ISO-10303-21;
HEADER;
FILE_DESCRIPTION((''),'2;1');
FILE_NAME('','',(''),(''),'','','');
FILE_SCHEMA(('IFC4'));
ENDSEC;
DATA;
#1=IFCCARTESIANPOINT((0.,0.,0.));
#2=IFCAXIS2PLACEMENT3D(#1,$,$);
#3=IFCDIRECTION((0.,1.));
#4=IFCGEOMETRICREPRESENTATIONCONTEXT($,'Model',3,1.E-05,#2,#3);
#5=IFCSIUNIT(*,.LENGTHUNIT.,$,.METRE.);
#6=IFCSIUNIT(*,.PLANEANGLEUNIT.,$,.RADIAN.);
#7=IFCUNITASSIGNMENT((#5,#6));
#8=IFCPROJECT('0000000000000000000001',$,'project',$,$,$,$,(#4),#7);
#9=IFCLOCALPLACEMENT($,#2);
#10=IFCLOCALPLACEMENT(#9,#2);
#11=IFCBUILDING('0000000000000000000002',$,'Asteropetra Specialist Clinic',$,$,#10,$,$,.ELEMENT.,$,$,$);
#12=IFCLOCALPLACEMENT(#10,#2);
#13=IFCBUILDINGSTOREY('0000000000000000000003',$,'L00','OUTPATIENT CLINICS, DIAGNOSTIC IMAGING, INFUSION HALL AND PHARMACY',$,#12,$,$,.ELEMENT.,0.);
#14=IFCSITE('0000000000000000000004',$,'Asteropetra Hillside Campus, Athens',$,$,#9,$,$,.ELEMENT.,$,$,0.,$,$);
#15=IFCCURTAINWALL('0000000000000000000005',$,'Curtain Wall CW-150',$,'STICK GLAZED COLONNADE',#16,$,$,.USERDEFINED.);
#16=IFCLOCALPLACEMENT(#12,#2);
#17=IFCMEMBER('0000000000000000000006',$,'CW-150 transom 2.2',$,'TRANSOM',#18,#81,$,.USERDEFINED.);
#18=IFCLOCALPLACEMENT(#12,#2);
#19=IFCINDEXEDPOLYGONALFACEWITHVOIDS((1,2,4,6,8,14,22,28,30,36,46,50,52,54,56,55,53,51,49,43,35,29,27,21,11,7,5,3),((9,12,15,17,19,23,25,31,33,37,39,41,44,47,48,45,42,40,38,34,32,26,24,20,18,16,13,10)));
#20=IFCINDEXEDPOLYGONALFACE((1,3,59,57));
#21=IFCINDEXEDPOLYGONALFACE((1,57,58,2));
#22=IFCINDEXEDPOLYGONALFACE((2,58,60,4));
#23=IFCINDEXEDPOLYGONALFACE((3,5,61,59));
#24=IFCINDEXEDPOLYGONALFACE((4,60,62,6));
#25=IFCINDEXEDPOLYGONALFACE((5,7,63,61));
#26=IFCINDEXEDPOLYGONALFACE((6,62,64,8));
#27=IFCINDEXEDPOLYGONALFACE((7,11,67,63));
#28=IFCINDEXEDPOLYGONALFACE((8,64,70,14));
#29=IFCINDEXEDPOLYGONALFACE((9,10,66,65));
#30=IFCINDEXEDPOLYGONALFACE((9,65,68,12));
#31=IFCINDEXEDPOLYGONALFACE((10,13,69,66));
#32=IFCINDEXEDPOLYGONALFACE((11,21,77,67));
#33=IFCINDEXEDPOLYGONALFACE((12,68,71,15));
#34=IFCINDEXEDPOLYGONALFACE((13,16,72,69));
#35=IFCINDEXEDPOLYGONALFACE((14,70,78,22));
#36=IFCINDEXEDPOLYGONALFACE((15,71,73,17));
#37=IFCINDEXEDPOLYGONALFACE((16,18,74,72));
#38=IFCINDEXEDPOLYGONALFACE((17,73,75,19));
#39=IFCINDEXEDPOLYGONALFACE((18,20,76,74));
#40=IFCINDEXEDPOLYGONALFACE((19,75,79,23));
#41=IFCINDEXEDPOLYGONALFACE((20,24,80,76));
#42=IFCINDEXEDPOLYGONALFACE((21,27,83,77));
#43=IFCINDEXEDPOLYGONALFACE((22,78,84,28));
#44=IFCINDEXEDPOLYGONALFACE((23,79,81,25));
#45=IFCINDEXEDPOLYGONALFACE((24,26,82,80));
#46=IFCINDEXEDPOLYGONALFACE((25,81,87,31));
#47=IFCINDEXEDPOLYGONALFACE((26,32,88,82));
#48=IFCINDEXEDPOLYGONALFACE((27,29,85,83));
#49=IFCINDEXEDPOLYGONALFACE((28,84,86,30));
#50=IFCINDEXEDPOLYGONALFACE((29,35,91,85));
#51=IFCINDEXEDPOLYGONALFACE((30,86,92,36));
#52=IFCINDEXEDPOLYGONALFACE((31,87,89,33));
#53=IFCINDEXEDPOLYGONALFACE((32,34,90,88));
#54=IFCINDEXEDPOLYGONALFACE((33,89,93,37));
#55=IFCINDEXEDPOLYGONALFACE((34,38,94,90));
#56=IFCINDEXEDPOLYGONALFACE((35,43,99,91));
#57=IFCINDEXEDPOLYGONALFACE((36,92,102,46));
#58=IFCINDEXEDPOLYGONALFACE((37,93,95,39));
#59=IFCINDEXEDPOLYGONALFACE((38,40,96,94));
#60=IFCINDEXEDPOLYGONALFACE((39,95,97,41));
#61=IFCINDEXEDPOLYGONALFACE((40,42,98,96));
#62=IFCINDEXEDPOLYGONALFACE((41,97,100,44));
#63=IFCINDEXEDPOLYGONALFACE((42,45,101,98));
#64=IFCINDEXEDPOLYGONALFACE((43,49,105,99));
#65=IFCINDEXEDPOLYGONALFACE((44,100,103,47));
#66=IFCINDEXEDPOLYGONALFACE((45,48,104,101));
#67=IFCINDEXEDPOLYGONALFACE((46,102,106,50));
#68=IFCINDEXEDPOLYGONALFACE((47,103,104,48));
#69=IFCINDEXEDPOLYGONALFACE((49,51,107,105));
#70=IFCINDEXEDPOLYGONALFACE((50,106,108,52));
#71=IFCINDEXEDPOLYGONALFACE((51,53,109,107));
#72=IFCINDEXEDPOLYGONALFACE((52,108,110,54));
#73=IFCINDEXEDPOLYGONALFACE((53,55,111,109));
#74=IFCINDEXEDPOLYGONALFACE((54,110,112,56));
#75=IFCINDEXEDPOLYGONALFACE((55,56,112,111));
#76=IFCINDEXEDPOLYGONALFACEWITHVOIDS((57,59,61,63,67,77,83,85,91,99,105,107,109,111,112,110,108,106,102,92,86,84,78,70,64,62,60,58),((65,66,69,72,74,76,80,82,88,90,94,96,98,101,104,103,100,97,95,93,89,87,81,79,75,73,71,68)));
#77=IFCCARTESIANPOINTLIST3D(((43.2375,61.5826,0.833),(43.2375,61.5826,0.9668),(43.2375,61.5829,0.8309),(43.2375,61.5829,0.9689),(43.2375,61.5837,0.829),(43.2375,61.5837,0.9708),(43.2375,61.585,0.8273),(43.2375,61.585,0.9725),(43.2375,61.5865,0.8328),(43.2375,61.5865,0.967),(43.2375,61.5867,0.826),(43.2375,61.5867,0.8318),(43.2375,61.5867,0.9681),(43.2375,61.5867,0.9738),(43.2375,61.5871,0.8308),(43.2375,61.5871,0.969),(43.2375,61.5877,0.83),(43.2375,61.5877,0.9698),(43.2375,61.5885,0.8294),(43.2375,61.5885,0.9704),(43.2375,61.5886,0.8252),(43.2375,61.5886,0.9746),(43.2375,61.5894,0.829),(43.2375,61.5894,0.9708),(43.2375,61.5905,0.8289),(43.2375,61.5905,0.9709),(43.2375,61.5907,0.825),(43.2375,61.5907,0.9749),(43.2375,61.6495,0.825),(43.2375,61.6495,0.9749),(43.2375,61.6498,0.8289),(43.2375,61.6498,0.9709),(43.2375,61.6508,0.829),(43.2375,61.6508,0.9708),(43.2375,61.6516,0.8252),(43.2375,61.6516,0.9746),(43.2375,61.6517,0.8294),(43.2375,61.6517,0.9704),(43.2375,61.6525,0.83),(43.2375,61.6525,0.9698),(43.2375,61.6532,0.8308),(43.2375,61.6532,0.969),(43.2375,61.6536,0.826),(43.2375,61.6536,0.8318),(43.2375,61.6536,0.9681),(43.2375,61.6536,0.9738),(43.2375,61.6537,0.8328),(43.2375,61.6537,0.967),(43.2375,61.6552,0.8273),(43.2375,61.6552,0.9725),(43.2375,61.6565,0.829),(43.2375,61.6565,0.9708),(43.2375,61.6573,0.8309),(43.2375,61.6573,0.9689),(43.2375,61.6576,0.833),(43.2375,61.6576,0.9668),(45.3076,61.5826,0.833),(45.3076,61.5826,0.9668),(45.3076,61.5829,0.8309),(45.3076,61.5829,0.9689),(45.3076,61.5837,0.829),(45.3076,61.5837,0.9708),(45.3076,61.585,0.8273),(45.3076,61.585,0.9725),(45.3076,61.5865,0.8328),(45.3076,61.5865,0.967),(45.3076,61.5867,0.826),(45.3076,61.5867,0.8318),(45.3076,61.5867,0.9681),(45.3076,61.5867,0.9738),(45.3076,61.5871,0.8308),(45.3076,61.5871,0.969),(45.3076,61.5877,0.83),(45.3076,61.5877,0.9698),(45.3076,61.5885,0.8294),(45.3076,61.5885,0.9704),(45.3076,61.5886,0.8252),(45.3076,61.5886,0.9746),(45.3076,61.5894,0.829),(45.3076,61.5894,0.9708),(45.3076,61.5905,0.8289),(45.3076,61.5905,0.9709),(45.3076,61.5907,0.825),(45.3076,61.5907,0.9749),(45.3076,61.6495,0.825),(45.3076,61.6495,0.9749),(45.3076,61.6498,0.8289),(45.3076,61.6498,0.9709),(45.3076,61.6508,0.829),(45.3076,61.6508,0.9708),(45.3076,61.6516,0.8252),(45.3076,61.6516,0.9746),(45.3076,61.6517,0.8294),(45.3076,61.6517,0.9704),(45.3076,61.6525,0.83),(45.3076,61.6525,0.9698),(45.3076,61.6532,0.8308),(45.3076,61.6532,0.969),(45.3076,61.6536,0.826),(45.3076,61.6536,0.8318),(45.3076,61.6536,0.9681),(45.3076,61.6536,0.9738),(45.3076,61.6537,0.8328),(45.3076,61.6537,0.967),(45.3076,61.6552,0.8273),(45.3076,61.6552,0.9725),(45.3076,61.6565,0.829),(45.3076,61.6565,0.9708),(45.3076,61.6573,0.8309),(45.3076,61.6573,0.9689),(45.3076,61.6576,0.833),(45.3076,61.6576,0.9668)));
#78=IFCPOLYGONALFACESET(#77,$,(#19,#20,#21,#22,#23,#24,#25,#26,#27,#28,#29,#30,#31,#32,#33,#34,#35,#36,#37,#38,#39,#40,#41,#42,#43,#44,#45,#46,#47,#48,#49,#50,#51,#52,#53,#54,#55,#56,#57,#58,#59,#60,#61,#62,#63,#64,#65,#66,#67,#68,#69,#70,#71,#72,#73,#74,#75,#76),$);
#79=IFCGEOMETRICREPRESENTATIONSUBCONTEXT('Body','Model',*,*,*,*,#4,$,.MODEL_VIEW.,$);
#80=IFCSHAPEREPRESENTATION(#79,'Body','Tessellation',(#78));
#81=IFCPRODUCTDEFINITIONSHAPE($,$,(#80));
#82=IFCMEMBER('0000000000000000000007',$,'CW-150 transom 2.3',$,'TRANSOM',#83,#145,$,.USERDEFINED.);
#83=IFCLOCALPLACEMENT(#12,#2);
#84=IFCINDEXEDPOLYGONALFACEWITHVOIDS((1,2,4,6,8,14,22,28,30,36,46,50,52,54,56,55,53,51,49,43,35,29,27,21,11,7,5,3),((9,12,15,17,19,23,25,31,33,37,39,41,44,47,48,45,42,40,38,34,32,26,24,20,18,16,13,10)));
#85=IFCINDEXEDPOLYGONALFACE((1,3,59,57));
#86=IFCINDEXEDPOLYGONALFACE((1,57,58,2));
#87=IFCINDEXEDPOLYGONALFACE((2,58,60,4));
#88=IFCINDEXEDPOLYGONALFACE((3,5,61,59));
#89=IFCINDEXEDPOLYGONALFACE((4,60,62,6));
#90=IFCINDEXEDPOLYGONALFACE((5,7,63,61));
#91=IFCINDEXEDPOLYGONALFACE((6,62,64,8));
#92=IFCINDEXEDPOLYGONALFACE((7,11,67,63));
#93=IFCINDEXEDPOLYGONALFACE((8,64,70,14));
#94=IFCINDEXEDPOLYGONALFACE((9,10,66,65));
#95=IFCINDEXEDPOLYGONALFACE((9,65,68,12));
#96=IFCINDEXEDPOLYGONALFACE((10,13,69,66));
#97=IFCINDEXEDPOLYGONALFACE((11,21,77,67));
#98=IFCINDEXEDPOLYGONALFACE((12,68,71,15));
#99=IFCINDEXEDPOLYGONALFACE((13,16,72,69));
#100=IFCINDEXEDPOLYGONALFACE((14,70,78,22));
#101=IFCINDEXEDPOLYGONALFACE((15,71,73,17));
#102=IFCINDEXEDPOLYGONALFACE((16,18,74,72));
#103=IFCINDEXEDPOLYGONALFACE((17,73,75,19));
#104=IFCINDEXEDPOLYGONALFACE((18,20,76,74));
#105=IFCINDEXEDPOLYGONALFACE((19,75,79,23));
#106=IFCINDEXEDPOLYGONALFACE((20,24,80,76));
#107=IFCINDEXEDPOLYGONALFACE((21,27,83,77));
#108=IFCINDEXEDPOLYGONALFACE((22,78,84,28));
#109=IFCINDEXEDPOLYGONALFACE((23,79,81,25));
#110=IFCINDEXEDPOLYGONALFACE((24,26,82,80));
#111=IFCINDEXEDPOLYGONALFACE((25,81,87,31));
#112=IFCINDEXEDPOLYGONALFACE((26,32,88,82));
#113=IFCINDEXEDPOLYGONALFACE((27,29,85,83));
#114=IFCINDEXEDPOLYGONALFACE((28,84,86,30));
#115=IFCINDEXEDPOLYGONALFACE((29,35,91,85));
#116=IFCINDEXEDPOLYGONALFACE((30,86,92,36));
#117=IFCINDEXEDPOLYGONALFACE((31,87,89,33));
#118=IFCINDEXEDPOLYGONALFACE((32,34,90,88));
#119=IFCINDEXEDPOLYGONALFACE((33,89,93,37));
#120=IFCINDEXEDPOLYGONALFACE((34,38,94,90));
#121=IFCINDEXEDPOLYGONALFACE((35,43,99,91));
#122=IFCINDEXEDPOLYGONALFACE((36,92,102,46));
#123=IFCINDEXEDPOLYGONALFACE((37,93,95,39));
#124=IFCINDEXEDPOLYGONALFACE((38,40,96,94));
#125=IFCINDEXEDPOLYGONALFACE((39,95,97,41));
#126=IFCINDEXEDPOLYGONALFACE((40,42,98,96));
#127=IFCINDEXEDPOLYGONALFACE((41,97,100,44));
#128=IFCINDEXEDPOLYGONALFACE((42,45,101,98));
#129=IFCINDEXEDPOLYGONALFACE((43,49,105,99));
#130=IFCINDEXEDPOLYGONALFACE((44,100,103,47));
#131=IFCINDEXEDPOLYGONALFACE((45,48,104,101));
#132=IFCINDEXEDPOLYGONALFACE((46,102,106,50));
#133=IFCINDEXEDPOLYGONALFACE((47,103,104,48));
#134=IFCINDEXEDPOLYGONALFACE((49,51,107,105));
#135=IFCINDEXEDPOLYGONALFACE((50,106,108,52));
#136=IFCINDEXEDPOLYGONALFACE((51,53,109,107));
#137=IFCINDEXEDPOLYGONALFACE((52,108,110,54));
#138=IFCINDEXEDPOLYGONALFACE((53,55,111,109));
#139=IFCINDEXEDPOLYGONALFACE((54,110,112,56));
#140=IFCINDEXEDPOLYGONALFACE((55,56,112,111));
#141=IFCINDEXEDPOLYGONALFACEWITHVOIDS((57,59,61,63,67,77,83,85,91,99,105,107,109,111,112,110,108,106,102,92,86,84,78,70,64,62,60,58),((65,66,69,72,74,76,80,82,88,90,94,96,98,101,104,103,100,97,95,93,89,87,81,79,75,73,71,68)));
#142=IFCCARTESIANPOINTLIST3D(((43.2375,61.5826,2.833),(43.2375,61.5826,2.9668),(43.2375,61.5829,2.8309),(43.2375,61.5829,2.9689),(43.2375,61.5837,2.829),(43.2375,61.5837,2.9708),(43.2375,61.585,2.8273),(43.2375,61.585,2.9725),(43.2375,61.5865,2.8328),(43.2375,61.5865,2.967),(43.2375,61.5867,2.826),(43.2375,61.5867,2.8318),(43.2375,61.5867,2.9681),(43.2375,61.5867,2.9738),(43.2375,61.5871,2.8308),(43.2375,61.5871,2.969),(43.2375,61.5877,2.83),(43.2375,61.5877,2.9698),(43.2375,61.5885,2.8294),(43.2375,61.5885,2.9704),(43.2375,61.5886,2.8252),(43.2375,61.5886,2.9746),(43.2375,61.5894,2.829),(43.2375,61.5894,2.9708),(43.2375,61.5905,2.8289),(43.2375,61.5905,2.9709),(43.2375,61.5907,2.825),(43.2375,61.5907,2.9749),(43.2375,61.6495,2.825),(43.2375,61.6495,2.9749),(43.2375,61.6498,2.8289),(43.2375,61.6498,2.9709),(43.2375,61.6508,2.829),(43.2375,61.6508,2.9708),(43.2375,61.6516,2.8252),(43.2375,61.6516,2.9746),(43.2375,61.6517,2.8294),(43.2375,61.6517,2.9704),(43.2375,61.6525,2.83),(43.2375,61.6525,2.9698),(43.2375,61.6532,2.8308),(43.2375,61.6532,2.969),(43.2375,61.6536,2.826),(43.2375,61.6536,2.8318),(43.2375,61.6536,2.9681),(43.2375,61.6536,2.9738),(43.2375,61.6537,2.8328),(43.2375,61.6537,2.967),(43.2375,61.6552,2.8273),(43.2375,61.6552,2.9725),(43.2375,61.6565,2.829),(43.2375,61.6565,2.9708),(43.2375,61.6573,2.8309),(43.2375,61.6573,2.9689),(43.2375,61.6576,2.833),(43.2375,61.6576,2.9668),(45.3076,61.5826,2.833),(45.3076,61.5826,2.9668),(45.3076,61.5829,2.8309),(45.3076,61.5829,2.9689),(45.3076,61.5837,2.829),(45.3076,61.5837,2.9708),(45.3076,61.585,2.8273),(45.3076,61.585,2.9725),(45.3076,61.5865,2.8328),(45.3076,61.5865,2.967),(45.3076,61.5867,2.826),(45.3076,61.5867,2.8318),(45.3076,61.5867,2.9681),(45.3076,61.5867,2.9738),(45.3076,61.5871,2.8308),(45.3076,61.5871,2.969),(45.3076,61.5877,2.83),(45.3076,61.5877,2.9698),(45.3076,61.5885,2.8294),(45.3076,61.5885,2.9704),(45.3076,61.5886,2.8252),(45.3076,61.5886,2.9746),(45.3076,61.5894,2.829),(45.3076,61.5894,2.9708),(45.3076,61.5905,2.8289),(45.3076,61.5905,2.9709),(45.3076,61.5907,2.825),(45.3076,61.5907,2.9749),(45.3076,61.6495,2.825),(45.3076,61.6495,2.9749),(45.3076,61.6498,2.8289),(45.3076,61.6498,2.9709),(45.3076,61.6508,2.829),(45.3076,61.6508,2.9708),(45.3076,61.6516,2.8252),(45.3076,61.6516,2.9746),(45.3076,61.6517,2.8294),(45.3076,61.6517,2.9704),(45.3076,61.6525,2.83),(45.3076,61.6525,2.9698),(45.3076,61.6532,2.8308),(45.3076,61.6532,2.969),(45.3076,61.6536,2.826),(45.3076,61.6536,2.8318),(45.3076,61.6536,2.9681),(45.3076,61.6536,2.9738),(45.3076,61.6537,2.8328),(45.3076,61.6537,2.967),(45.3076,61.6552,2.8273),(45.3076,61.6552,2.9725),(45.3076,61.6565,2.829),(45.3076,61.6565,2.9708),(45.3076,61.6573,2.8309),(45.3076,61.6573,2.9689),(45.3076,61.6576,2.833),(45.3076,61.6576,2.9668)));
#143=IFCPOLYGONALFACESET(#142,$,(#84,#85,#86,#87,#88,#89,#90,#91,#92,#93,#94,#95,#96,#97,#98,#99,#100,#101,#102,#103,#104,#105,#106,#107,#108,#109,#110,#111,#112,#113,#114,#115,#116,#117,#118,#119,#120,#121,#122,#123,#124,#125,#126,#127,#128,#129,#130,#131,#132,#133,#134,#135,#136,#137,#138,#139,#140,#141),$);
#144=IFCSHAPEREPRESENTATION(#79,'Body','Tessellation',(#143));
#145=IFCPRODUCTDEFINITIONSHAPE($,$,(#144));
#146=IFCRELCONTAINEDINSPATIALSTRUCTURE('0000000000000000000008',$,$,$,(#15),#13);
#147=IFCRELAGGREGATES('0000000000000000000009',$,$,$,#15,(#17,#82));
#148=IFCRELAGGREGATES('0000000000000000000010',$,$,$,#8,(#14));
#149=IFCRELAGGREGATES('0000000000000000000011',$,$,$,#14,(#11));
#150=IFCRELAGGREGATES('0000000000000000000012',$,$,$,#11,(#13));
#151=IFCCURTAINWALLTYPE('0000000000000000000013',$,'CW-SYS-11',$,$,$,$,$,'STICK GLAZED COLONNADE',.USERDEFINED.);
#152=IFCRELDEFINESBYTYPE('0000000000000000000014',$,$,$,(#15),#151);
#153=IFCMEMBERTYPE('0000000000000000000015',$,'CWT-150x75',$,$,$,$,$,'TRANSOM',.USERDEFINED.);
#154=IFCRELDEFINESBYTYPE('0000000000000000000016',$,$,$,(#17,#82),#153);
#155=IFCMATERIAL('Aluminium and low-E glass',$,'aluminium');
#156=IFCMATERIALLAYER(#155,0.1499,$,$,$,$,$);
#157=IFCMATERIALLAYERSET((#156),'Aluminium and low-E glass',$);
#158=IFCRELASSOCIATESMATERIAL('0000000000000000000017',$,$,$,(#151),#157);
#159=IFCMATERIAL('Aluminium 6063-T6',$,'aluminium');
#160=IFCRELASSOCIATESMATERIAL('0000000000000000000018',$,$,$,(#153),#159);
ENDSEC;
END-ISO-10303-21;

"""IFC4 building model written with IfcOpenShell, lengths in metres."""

from ifc_helpers import new_model, si_unit, direction, frame, origin, origin_2d, place, context, subcontext, project, spatial, hollow_rectangle, extrude, material, layer, layer_set, material_profile, profile_set, type_object, element, aggregate, save


model = new_model("IFC4")

# Units and contexts
model_context = context("Model", 3, precision=1e-05, world=origin(), true_north=direction((0.0, 1.0)))
body_context = subcontext(model_context, "Body", "Model", "MODEL_VIEW")
ifc_project = project(units=[si_unit("LENGTHUNIT", "METRE"), si_unit("PLANEANGLEUNIT", "RADIAN")], contexts=[model_context])

# Site, building, storey
site_placement = place(None, origin())
site = spatial("IfcSite", under=ifc_project, at=site_placement, Name="Asteropetra Hillside Campus, Athens", CompositionType="ELEMENT", RefElevation=0.0)
building_placement = place(site_placement, origin())
building = spatial("IfcBuilding", under=site, at=building_placement, Name="Asteropetra Specialist Clinic", CompositionType="ELEMENT")
storey_placement = place(building_placement, origin())
storey = spatial("IfcBuildingStorey", under=building, at=storey_placement, Name="L00", Description="OUTPATIENT CLINICS, DIAGNOSTIC IMAGING, INFUSION HALL AND PHARMACY", CompositionType="ELEMENT", Elevation=0.0)

# Curtain wall, members
ifc_material_1 = material(Name="Aluminium and low-E glass", Category="aluminium")
ifc_layer_1 = layer(ifc_material_1, 0.1499)
ifc_layer_set_1 = layer_set([ifc_layer_1], Name="Aluminium and low-E glass")
curtain_wall_type = type_object("IfcCurtainWallType", Name="CW-SYS-11", ElementType="STICK GLAZED COLONNADE", PredefinedType="USERDEFINED", material=ifc_layer_set_1)
curtain_wall_placement = place(storey_placement, origin())
curtain_wall = element("IfcCurtainWall", 1, at=curtain_wall_placement, inside=storey, type_object=curtain_wall_type, Name="Curtain Wall CW-150", ObjectType="STICK GLAZED COLONNADE", PredefinedType="USERDEFINED")
ifc_material_2 = material(Name="Aluminium 6063-T6", Category="aluminium")
ifc_material_profile_1 = material_profile(ifc_material_2, hollow_rectangle(XDim=0.075, YDim=0.1499, WallThickness=0.0039, InnerFilletRadius=0.0039, OuterFilletRadius=0.0081, at=origin_2d()), Name="TRN 150x75x4.0")
ifc_profile_set_1 = profile_set([ifc_material_profile_1], Name="Aluminium 6063-T6")
member_type_1 = type_object("IfcMemberType", Name="CWT-150x75", ElementType="TRANSOM", PredefinedType="USERDEFINED", material=ifc_profile_set_1)
member_1_placement = place(storey_placement, frame((45.3076, 61.6201, 0.8999), z_axis=(-1.0, 0.0, 0.0), x_axis=(0.0, -1.0, 0.0)))
member_1 = element("IfcMember", 2, at=member_1_placement, type_object=member_type_1, Name="CW-150 transom 2.2", ObjectType="TRANSOM", PredefinedType="USERDEFINED", context=body_context, shape_type="SweptSolid", body=[
    extrude(hollow_rectangle(XDim=0.075, YDim=0.1499, WallThickness=0.0039, InnerFilletRadius=0.0039, OuterFilletRadius=0.0081, at=origin_2d()), origin(), (0.0, 0.0, 1.0), 2.0701),
])
member_2_placement = place(storey_placement, frame((45.3076, 61.6201, 2.8999), z_axis=(-1.0, 0.0, 0.0), x_axis=(0.0, -1.0, 0.0)))
member_2 = element("IfcMember", 3, at=member_2_placement, type_object=member_type_1, Name="CW-150 transom 2.3", ObjectType="TRANSOM", PredefinedType="USERDEFINED", context=body_context, shape_type="SweptSolid", body=[
    extrude(hollow_rectangle(XDim=0.075, YDim=0.1499, WallThickness=0.0039, InnerFilletRadius=0.0039, OuterFilletRadius=0.0081, at=origin_2d()), origin(), (0.0, 0.0, 1.0), 2.0701),
])
aggregate(curtain_wall, [member_1, member_2])

save(model, "model.ifc")
